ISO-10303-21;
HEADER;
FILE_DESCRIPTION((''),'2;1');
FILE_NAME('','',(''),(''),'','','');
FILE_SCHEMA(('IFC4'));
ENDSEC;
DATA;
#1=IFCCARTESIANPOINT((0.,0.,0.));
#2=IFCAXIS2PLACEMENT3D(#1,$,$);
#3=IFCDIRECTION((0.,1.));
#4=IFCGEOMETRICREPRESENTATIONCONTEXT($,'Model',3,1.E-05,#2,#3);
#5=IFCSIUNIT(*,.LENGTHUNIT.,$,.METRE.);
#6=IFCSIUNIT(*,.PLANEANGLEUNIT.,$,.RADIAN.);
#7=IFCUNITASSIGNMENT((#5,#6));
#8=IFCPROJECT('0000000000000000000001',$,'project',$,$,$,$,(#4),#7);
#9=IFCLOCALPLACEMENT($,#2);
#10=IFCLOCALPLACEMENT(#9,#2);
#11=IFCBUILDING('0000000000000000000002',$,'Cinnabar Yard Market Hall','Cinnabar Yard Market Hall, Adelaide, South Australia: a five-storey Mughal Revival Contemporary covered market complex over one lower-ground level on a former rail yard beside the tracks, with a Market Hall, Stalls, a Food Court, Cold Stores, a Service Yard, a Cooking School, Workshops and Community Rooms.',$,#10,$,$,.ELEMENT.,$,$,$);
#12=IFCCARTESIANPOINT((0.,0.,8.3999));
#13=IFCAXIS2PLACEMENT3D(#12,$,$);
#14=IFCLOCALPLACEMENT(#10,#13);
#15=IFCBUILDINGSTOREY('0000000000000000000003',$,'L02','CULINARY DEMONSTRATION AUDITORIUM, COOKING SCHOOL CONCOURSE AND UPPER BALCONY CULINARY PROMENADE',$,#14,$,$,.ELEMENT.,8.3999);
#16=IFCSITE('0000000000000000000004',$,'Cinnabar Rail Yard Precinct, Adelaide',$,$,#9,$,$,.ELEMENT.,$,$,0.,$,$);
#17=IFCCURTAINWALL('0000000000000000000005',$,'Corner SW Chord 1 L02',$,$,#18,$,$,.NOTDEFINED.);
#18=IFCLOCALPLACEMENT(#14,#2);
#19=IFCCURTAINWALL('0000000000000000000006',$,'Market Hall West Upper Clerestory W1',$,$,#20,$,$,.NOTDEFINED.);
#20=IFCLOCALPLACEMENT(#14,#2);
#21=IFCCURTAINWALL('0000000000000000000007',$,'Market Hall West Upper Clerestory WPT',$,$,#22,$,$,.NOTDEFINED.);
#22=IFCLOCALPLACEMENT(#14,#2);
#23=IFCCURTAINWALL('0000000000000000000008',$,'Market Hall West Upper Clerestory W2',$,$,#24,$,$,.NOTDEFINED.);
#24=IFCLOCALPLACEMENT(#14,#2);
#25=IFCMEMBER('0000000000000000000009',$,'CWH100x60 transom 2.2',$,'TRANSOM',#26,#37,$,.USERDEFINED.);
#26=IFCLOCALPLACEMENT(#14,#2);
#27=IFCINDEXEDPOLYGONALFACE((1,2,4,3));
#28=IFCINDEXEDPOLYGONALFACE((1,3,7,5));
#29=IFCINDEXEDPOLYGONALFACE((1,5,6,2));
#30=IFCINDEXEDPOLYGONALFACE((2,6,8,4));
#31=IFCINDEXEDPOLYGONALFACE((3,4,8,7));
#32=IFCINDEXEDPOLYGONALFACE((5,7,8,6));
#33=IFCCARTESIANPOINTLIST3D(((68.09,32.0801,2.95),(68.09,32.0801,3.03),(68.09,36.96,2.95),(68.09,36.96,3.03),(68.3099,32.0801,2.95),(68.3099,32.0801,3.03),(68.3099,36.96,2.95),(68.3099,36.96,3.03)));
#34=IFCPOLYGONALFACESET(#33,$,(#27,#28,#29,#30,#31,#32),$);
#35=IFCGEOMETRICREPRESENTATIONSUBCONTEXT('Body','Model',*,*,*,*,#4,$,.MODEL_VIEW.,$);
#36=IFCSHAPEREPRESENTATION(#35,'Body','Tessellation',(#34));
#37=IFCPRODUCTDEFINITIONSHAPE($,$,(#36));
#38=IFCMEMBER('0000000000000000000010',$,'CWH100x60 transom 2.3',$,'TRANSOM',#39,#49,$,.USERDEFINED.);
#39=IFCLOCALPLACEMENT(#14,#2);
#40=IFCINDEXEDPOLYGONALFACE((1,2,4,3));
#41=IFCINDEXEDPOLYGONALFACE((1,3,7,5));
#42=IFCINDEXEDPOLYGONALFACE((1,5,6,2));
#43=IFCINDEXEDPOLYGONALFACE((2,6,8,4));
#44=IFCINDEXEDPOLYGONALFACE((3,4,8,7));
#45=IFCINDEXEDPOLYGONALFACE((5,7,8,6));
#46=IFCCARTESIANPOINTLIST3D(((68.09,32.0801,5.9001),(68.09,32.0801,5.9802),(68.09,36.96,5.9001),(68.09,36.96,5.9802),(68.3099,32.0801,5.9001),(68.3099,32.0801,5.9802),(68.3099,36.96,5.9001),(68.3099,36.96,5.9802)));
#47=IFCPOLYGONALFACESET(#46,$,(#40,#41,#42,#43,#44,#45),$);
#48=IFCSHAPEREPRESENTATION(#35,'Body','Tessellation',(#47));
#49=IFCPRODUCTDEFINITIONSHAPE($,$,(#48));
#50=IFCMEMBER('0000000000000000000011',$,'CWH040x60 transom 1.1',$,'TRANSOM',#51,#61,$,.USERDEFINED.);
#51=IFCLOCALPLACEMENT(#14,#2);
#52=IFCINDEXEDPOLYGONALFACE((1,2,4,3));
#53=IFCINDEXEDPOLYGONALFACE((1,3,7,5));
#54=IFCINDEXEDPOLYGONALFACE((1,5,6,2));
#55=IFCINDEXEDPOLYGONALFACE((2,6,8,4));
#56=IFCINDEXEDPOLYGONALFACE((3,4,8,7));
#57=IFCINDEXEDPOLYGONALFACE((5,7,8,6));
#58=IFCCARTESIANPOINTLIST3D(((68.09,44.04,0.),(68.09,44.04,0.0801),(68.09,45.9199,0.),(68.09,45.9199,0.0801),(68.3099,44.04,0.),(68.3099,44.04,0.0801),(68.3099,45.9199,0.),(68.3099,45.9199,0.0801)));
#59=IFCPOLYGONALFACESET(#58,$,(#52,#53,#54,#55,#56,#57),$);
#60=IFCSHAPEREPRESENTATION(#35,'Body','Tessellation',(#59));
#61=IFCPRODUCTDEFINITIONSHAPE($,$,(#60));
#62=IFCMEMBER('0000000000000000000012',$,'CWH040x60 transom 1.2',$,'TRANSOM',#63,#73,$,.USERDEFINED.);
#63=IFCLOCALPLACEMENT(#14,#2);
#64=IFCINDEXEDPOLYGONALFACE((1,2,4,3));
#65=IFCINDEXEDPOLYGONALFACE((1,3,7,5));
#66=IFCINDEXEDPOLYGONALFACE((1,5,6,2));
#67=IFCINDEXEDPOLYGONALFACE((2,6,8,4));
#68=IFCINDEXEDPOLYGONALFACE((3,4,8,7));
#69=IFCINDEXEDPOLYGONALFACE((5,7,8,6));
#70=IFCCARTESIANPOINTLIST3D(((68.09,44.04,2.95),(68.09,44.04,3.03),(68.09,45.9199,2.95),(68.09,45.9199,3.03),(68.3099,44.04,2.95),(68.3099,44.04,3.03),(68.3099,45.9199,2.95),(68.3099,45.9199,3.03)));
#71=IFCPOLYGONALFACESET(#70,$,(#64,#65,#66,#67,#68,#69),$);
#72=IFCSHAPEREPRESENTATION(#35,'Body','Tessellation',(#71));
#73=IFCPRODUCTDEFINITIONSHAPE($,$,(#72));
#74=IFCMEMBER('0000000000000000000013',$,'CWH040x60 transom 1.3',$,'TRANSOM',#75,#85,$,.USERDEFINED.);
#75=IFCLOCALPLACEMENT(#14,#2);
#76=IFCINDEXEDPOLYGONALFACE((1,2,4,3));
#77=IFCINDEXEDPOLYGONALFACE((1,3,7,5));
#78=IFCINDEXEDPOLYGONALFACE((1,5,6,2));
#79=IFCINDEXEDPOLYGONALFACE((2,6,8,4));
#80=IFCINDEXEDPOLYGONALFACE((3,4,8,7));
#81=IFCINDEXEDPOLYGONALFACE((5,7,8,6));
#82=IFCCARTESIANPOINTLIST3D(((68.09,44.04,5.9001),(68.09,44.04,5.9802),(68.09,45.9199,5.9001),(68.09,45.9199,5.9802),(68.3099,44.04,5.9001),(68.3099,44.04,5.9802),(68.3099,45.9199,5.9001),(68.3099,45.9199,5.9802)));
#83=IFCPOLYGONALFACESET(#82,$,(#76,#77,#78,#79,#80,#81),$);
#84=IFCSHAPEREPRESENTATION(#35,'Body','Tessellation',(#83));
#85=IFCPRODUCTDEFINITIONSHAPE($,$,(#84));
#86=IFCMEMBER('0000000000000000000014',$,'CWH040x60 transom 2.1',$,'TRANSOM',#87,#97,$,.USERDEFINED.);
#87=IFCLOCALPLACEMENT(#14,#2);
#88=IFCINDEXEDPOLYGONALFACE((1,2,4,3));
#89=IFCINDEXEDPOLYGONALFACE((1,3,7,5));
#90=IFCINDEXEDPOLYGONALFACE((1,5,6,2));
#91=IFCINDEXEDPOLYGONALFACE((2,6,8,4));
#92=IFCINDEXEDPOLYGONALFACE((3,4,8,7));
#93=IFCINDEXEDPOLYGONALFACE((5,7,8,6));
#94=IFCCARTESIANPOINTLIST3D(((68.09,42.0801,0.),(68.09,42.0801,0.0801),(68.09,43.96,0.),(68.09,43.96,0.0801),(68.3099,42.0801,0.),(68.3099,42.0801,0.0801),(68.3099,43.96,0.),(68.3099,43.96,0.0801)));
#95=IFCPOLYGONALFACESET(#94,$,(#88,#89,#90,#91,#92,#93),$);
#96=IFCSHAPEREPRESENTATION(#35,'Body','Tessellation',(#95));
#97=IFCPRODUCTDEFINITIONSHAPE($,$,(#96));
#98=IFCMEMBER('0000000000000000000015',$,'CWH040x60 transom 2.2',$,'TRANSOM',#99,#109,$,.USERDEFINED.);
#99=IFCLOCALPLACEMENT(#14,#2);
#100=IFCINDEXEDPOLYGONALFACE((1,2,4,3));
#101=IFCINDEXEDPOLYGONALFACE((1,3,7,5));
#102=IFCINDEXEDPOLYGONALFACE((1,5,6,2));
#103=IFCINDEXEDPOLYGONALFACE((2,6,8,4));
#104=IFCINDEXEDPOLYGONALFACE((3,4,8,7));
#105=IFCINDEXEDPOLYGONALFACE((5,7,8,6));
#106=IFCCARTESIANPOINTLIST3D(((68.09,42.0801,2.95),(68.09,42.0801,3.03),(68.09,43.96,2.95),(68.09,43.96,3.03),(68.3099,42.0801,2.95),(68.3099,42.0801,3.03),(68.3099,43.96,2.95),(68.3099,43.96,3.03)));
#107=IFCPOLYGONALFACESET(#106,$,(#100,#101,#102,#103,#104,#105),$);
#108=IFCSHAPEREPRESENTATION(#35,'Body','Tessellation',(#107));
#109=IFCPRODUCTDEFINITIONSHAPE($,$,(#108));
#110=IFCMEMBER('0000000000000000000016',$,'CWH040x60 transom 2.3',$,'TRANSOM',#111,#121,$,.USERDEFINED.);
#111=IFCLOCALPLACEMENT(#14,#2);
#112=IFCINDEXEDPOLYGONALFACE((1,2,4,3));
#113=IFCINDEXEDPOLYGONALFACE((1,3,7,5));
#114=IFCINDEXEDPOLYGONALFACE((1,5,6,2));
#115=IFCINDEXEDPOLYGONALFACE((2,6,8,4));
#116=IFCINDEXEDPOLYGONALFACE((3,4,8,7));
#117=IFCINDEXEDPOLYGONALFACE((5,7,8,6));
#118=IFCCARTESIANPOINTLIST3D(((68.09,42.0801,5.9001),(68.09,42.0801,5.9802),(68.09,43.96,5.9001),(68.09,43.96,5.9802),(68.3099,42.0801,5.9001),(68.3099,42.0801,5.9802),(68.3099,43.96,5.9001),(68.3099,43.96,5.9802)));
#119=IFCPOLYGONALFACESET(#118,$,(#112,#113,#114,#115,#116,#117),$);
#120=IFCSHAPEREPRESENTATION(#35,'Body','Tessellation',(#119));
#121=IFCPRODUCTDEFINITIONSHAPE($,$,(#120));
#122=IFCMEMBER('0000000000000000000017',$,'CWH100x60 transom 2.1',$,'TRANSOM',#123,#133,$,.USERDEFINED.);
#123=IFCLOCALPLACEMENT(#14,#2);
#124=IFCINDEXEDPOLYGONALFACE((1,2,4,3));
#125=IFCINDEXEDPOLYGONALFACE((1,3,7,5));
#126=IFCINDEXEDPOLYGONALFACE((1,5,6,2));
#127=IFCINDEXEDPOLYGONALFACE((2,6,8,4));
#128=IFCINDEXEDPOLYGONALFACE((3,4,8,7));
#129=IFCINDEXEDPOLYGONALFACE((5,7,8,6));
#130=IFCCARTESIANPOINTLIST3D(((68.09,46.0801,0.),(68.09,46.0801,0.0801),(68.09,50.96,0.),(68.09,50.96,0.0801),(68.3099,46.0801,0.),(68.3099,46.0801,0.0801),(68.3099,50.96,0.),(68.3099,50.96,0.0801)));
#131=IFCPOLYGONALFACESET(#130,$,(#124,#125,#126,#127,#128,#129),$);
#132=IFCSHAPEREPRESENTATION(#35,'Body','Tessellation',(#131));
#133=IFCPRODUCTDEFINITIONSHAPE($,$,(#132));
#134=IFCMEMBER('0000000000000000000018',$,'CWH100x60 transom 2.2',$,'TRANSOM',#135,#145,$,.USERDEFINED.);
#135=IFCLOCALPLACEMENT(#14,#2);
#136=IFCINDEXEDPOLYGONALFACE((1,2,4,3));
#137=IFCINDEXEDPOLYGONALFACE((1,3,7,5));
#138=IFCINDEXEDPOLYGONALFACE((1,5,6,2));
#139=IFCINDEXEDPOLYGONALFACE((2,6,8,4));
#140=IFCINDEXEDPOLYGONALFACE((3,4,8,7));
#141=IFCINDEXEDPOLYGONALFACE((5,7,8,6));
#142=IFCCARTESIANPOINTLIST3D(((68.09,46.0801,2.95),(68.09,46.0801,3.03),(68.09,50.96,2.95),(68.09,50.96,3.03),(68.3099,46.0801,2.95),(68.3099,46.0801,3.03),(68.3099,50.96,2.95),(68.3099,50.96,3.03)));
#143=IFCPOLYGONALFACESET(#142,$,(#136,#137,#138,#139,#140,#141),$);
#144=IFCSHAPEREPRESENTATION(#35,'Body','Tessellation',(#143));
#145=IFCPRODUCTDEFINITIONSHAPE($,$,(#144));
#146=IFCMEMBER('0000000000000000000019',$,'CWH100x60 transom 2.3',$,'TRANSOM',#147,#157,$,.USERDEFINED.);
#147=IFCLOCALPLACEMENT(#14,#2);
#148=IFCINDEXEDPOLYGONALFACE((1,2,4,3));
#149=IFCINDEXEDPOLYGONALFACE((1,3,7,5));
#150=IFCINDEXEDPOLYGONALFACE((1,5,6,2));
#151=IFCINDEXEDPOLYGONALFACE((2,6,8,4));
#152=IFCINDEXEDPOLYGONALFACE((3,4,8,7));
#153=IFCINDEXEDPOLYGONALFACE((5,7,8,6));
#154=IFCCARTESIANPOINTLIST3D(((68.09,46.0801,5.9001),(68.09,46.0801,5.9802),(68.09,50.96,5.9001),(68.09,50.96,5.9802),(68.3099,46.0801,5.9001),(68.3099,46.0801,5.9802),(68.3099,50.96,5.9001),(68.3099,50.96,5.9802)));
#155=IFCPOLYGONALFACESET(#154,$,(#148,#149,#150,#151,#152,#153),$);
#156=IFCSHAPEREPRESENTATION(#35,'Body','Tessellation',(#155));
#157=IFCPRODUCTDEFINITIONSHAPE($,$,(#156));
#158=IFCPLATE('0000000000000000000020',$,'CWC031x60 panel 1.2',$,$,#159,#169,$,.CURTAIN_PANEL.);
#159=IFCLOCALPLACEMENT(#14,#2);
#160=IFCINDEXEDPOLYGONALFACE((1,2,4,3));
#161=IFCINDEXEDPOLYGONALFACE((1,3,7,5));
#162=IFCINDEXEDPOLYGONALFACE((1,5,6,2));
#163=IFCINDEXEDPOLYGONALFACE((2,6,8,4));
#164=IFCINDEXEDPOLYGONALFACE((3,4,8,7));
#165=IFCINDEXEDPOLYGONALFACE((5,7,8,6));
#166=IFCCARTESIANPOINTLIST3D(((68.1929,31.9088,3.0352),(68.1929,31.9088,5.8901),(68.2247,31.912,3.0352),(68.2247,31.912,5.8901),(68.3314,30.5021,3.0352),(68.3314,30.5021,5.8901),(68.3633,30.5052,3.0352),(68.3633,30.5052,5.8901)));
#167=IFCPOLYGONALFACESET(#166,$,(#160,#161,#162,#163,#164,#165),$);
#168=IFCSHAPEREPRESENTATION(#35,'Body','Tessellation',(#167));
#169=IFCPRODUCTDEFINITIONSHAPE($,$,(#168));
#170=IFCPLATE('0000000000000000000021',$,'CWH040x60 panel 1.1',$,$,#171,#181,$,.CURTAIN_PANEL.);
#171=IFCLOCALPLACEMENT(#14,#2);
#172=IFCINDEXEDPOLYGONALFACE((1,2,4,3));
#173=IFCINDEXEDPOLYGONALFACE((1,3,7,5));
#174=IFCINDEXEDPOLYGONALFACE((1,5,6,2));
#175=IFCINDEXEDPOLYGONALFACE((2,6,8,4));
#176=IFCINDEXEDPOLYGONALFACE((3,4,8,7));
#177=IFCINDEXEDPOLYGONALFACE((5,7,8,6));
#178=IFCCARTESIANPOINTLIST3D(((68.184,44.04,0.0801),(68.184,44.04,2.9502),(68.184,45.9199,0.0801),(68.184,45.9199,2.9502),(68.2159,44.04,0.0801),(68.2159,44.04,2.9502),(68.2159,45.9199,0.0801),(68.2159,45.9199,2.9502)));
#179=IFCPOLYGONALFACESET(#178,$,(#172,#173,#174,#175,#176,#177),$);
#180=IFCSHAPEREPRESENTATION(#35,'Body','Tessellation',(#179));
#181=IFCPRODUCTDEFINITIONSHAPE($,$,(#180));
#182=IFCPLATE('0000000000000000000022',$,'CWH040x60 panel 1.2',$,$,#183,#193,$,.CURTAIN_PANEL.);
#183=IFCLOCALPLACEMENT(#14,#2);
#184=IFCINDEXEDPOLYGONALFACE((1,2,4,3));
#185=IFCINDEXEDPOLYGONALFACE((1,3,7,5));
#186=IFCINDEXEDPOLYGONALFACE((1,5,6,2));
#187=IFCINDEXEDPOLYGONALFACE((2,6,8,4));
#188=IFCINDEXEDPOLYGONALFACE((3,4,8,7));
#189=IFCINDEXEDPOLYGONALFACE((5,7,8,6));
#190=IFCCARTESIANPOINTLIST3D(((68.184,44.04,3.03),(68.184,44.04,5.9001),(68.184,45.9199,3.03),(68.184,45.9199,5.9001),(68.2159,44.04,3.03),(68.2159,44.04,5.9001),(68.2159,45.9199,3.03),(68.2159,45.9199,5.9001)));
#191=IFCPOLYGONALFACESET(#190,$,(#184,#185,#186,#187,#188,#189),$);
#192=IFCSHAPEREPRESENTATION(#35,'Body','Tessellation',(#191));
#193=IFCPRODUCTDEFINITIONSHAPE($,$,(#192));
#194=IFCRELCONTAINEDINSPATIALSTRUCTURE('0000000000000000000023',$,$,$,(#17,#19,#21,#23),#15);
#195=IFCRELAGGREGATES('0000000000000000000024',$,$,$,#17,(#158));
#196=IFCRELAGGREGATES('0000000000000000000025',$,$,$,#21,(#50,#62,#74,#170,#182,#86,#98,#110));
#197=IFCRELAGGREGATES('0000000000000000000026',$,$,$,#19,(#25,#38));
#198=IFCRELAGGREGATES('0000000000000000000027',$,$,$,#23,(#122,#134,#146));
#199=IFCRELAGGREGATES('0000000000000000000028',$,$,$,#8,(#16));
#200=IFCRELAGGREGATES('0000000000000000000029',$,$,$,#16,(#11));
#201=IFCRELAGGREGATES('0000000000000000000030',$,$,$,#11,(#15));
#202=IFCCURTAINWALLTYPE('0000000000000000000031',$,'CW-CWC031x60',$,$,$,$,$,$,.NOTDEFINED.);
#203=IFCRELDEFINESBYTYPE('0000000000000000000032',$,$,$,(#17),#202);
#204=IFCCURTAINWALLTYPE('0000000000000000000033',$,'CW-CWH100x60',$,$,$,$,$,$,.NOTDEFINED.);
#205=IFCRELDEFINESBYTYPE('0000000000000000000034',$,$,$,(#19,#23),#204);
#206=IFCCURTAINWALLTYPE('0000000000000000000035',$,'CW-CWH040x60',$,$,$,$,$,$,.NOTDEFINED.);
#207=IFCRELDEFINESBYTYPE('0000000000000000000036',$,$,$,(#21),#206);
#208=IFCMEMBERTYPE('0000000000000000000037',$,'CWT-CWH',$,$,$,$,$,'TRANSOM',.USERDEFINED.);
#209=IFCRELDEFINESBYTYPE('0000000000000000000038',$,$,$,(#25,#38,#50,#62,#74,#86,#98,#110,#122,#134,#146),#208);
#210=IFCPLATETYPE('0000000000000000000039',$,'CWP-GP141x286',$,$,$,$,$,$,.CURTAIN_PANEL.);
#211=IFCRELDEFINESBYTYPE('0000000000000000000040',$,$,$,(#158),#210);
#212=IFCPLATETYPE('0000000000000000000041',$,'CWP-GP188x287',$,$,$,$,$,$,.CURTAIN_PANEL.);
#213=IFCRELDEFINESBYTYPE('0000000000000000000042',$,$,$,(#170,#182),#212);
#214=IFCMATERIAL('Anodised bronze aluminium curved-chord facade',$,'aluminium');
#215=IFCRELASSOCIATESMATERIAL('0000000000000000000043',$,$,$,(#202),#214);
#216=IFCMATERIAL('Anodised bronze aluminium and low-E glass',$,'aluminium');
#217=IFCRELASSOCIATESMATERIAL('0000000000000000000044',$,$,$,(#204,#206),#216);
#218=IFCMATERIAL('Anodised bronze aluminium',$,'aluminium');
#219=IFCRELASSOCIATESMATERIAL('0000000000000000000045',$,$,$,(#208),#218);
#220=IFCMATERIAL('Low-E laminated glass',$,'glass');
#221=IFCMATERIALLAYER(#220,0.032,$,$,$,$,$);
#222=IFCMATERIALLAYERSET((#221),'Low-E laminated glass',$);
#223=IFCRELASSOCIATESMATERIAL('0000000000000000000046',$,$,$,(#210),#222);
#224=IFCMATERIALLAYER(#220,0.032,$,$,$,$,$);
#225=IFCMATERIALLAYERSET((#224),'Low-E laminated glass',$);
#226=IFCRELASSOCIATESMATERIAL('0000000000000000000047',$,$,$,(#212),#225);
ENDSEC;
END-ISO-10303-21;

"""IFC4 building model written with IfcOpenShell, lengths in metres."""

from ifc_helpers import new_model, si_unit, direction, frame, origin, origin_2d_with_axis, place, context, subcontext, project, spatial, rectangle, extrude, material, layer, layer_set, material_profile, profile_set, type_object, element, aggregate, save


model = new_model("IFC4")

# Units and contexts
model_context = context("Model", 3, precision=1e-05, world=origin(), true_north=direction((0.0, 1.0)))
body_context = subcontext(model_context, "Body", "Model", "MODEL_VIEW")
ifc_project = project(units=[si_unit("LENGTHUNIT", "METRE"), si_unit("PLANEANGLEUNIT", "RADIAN")], contexts=[model_context])

# Site, building, storey
site_placement = place(None, origin())
site = spatial("IfcSite", under=ifc_project, at=site_placement, Name="Cinnabar Rail Yard Precinct, Adelaide", CompositionType="ELEMENT", RefElevation=0.0)
building_placement = place(site_placement, origin())
building = spatial("IfcBuilding", under=site, at=building_placement, Name="Cinnabar Yard Market Hall", Description="Cinnabar Yard Market Hall, Adelaide, South Australia: a five-storey Mughal Revival Contemporary covered market complex over one lower-ground level on a former rail yard beside the tracks, with a Market Hall, Stalls, a Food Court, Cold Stores, a Service Yard, a Cooking School, Workshops and Community Rooms.", CompositionType="ELEMENT")
storey_placement = place(building_placement, frame((0.0, 0.0, 8.3999)))
storey = spatial("IfcBuildingStorey", under=building, at=storey_placement, Name="L02", Description="CULINARY DEMONSTRATION AUDITORIUM, COOKING SCHOOL CONCOURSE AND UPPER BALCONY CULINARY PROMENADE", CompositionType="ELEMENT", Elevation=8.3999)

# Curtain wall
ifc_material_1 = material(Name="Anodised bronze aluminium curved-chord facade", Category="aluminium")
curtain_wall_type_1 = type_object("IfcCurtainWallType", Name="CW-CWC031x60", PredefinedType="NOTDEFINED", material=ifc_material_1)
curtain_wall_1_placement = place(storey_placement, origin())
curtain_wall_1 = element("IfcCurtainWall", 1, at=curtain_wall_1_placement, inside=storey, type_object=curtain_wall_type_1, Name="Corner SW Chord 1 L02", PredefinedType="NOTDEFINED")
ifc_material_2 = material(Name="Anodised bronze aluminium", Category="aluminium")

# Curtain walls
ifc_material_3 = material(Name="Anodised bronze aluminium and low-E glass", Category="aluminium")
curtain_wall_type_2 = type_object("IfcCurtainWallType", Name="CW-CWH100x60", PredefinedType="NOTDEFINED", material=ifc_material_3)
curtain_wall_2_placement = place(storey_placement, origin())
curtain_wall_2 = element("IfcCurtainWall", 2, at=curtain_wall_2_placement, inside=storey, type_object=curtain_wall_type_2, Name="Market Hall West Upper Clerestory W1", PredefinedType="NOTDEFINED")
curtain_wall_type_3 = type_object("IfcCurtainWallType", Name="CW-CWH040x60", PredefinedType="NOTDEFINED", material=ifc_material_3)
curtain_wall_3_placement = place(storey_placement, origin())
curtain_wall_3 = element("IfcCurtainWall", 3, at=curtain_wall_3_placement, inside=storey, type_object=curtain_wall_type_3, Name="Market Hall West Upper Clerestory WPT", PredefinedType="NOTDEFINED")
curtain_wall_4_placement = place(storey_placement, origin())
curtain_wall_4 = element("IfcCurtainWall", 4, at=curtain_wall_4_placement, inside=storey, type_object=curtain_wall_type_2, Name="Market Hall West Upper Clerestory W2", PredefinedType="NOTDEFINED")

# Members
ifc_material_profile_1 = material_profile(ifc_material_2, rectangle(XDim=0.22, YDim=0.0801, at=origin_2d_with_axis()), Name="TRN-CWH")
ifc_profile_set_1 = profile_set([ifc_material_profile_1], Name="Anodised bronze aluminium")
member_type_1 = type_object("IfcMemberType", Name="CWT-CWH", ElementType="TRANSOM", PredefinedType="USERDEFINED", material=ifc_profile_set_1)
member_1_placement = place(storey_placement, frame((68.2, 36.96, 2.99), z_axis=(0.0, -1.0, 0.0), x_axis=(1.0, 0.0, 0.0)))
member_1 = element("IfcMember", 5, at=member_1_placement, type_object=member_type_1, Name="CWH100x60 transom 2.2", ObjectType="TRANSOM", PredefinedType="USERDEFINED", context=body_context, shape_type="SweptSolid", body=[
    extrude(rectangle(XDim=0.22, YDim=0.0801, at=origin_2d_with_axis()), origin(), (0.0, 0.0, 1.0), 4.8799),
])
member_2_placement = place(storey_placement, frame((68.2, 36.96, 5.9402), z_axis=(0.0, -1.0, 0.0), x_axis=(1.0, 0.0, 0.0)))
member_2 = element("IfcMember", 6, at=member_2_placement, type_object=member_type_1, Name="CWH100x60 transom 2.3", ObjectType="TRANSOM", PredefinedType="USERDEFINED", context=body_context, shape_type="SweptSolid", body=[
    extrude(rectangle(XDim=0.22, YDim=0.0801, at=origin_2d_with_axis()), origin(), (0.0, 0.0, 1.0), 4.8799),
])
member_3_placement = place(storey_placement, frame((68.2, 45.9199, 0.04), z_axis=(0.0, -1.0, 0.0), x_axis=(1.0, 0.0, 0.0)))
member_3 = element("IfcMember", 7, at=member_3_placement, type_object=member_type_1, Name="CWH040x60 transom 1.1", ObjectType="TRANSOM", PredefinedType="USERDEFINED", context=body_context, shape_type="SweptSolid", body=[
    extrude(rectangle(XDim=0.22, YDim=0.0801, at=origin_2d_with_axis()), origin(), (0.0, 0.0, 1.0), 1.8799),
])
member_4_placement = place(storey_placement, frame((68.2, 45.9199, 2.99), z_axis=(0.0, -1.0, 0.0), x_axis=(1.0, 0.0, 0.0)))
member_4 = element("IfcMember", 8, at=member_4_placement, type_object=member_type_1, Name="CWH040x60 transom 1.2", ObjectType="TRANSOM", PredefinedType="USERDEFINED", context=body_context, shape_type="SweptSolid", body=[
    extrude(rectangle(XDim=0.22, YDim=0.0801, at=origin_2d_with_axis()), origin(), (0.0, 0.0, 1.0), 1.8799),
])
member_5_placement = place(storey_placement, frame((68.2, 45.9199, 5.9402), z_axis=(0.0, -1.0, 0.0), x_axis=(1.0, 0.0, 0.0)))
member_5 = element("IfcMember", 9, at=member_5_placement, type_object=member_type_1, Name="CWH040x60 transom 1.3", ObjectType="TRANSOM", PredefinedType="USERDEFINED", context=body_context, shape_type="SweptSolid", body=[
    extrude(rectangle(XDim=0.22, YDim=0.0801, at=origin_2d_with_axis()), origin(), (0.0, 0.0, 1.0), 1.8799),
])
member_6_placement = place(storey_placement, frame((68.2, 43.96, 0.04), z_axis=(0.0, -1.0, 0.0), x_axis=(1.0, 0.0, 0.0)))
member_6 = element("IfcMember", 10, at=member_6_placement, type_object=member_type_1, Name="CWH040x60 transom 2.1", ObjectType="TRANSOM", PredefinedType="USERDEFINED", context=body_context, shape_type="SweptSolid", body=[
    extrude(rectangle(XDim=0.22, YDim=0.0801, at=origin_2d_with_axis()), origin(), (0.0, 0.0, 1.0), 1.8799),
])
member_7_placement = place(storey_placement, frame((68.2, 43.96, 2.99), z_axis=(0.0, -1.0, 0.0), x_axis=(1.0, 0.0, 0.0)))
member_7 = element("IfcMember", 11, at=member_7_placement, type_object=member_type_1, Name="CWH040x60 transom 2.2", ObjectType="TRANSOM", PredefinedType="USERDEFINED", context=body_context, shape_type="SweptSolid", body=[
    extrude(rectangle(XDim=0.22, YDim=0.0801, at=origin_2d_with_axis()), origin(), (0.0, 0.0, 1.0), 1.8799),
])
member_8_placement = place(storey_placement, frame((68.2, 43.96, 5.9402), z_axis=(0.0, -1.0, 0.0), x_axis=(1.0, 0.0, 0.0)))
member_8 = element("IfcMember", 12, at=member_8_placement, type_object=member_type_1, Name="CWH040x60 transom 2.3", ObjectType="TRANSOM", PredefinedType="USERDEFINED", context=body_context, shape_type="SweptSolid", body=[
    extrude(rectangle(XDim=0.22, YDim=0.0801, at=origin_2d_with_axis()), origin(), (0.0, 0.0, 1.0), 1.8799),
])
member_9_placement = place(storey_placement, frame((68.2, 50.96, 0.04), z_axis=(0.0, -1.0, 0.0), x_axis=(1.0, 0.0, 0.0)))
member_9 = element("IfcMember", 13, at=member_9_placement, type_object=member_type_1, Name="CWH100x60 transom 2.1", ObjectType="TRANSOM", PredefinedType="USERDEFINED", context=body_context, shape_type="SweptSolid", body=[
    extrude(rectangle(XDim=0.22, YDim=0.0801, at=origin_2d_with_axis()), origin(), (0.0, 0.0, 1.0), 4.8799),
])
member_10_placement = place(storey_placement, frame((68.2, 50.96, 2.99), z_axis=(0.0, -1.0, 0.0), x_axis=(1.0, 0.0, 0.0)))
member_10 = element("IfcMember", 14, at=member_10_placement, type_object=member_type_1, Name="CWH100x60 transom 2.2", ObjectType="TRANSOM", PredefinedType="USERDEFINED", context=body_context, shape_type="SweptSolid", body=[
    extrude(rectangle(XDim=0.22, YDim=0.0801, at=origin_2d_with_axis()), origin(), (0.0, 0.0, 1.0), 4.8799),
])
member_11_placement = place(storey_placement, frame((68.2, 50.96, 5.9402), z_axis=(0.0, -1.0, 0.0), x_axis=(1.0, 0.0, 0.0)))
member_11 = element("IfcMember", 15, at=member_11_placement, type_object=member_type_1, Name="CWH100x60 transom 2.3", ObjectType="TRANSOM", PredefinedType="USERDEFINED", context=body_context, shape_type="SweptSolid", body=[
    extrude(rectangle(XDim=0.22, YDim=0.0801, at=origin_2d_with_axis()), origin(), (0.0, 0.0, 1.0), 4.8799),
])

# Plates
ifc_material_4 = material(Name="Low-E laminated glass", Category="glass")
ifc_layer_1 = layer(ifc_material_4, 0.032)
ifc_layer_set_1 = layer_set([ifc_layer_1], Name="Low-E laminated glass")
plate_type_1 = type_object("IfcPlateType", Name="CWP-GP141x286", PredefinedType="CURTAIN_PANEL", material=ifc_layer_set_1)
plate_1_placement = place(storey_placement, frame((68.2781, 31.207, 3.0352), z_axis=(0.0, 0.0, 1.0), x_axis=(0.09802, -0.995184, 0.0)))
plate_1 = element("IfcPlate", 16, at=plate_1_placement, type_object=plate_type_1, Name="CWC031x60 panel 1.2", PredefinedType="CURTAIN_PANEL", context=body_context, shape_type="SweptSolid", body=[
    extrude(rectangle(XDim=1.4136, YDim=0.032, at=origin_2d_with_axis()), origin(), (0.0, 0.0, 1.0), 2.855),
])
aggregate(curtain_wall_1, [plate_1])
ifc_layer_2 = layer(ifc_material_4, 0.032)
ifc_layer_set_2 = layer_set([ifc_layer_2], Name="Low-E laminated glass")
plate_type_2 = type_object("IfcPlateType", Name="CWP-GP188x287", PredefinedType="CURTAIN_PANEL", material=ifc_layer_set_2)
plate_2_placement = place(storey_placement, frame((68.2, 44.98, 0.0801), z_axis=(0.0, 0.0, 1.0), x_axis=(0.0, -1.0, 0.0)))
plate_2 = element("IfcPlate", 17, at=plate_2_placement, type_object=plate_type_2, Name="CWH040x60 panel 1.1", PredefinedType="CURTAIN_PANEL", context=body_context, shape_type="SweptSolid", body=[
    extrude(rectangle(XDim=1.8799, YDim=0.032, at=origin_2d_with_axis()), origin(), (0.0, 0.0, 1.0), 2.8701),
])
plate_3_placement = place(storey_placement, frame((68.2, 44.98, 3.03), z_axis=(0.0, 0.0, 1.0), x_axis=(0.0, -1.0, 0.0)))
plate_3 = element("IfcPlate", 18, at=plate_3_placement, type_object=plate_type_2, Name="CWH040x60 panel 1.2", PredefinedType="CURTAIN_PANEL", context=body_context, shape_type="SweptSolid", body=[
    extrude(rectangle(XDim=1.8799, YDim=0.032, at=origin_2d_with_axis()), origin(), (0.0, 0.0, 1.0), 2.8701),
])
aggregate(curtain_wall_3, [member_3, member_4, member_5, plate_2, plate_3, member_6, member_7, member_8])
aggregate(curtain_wall_2, [member_1, member_2])
aggregate(curtain_wall_4, [member_9, member_10, member_11])

save(model, "model.ifc")
